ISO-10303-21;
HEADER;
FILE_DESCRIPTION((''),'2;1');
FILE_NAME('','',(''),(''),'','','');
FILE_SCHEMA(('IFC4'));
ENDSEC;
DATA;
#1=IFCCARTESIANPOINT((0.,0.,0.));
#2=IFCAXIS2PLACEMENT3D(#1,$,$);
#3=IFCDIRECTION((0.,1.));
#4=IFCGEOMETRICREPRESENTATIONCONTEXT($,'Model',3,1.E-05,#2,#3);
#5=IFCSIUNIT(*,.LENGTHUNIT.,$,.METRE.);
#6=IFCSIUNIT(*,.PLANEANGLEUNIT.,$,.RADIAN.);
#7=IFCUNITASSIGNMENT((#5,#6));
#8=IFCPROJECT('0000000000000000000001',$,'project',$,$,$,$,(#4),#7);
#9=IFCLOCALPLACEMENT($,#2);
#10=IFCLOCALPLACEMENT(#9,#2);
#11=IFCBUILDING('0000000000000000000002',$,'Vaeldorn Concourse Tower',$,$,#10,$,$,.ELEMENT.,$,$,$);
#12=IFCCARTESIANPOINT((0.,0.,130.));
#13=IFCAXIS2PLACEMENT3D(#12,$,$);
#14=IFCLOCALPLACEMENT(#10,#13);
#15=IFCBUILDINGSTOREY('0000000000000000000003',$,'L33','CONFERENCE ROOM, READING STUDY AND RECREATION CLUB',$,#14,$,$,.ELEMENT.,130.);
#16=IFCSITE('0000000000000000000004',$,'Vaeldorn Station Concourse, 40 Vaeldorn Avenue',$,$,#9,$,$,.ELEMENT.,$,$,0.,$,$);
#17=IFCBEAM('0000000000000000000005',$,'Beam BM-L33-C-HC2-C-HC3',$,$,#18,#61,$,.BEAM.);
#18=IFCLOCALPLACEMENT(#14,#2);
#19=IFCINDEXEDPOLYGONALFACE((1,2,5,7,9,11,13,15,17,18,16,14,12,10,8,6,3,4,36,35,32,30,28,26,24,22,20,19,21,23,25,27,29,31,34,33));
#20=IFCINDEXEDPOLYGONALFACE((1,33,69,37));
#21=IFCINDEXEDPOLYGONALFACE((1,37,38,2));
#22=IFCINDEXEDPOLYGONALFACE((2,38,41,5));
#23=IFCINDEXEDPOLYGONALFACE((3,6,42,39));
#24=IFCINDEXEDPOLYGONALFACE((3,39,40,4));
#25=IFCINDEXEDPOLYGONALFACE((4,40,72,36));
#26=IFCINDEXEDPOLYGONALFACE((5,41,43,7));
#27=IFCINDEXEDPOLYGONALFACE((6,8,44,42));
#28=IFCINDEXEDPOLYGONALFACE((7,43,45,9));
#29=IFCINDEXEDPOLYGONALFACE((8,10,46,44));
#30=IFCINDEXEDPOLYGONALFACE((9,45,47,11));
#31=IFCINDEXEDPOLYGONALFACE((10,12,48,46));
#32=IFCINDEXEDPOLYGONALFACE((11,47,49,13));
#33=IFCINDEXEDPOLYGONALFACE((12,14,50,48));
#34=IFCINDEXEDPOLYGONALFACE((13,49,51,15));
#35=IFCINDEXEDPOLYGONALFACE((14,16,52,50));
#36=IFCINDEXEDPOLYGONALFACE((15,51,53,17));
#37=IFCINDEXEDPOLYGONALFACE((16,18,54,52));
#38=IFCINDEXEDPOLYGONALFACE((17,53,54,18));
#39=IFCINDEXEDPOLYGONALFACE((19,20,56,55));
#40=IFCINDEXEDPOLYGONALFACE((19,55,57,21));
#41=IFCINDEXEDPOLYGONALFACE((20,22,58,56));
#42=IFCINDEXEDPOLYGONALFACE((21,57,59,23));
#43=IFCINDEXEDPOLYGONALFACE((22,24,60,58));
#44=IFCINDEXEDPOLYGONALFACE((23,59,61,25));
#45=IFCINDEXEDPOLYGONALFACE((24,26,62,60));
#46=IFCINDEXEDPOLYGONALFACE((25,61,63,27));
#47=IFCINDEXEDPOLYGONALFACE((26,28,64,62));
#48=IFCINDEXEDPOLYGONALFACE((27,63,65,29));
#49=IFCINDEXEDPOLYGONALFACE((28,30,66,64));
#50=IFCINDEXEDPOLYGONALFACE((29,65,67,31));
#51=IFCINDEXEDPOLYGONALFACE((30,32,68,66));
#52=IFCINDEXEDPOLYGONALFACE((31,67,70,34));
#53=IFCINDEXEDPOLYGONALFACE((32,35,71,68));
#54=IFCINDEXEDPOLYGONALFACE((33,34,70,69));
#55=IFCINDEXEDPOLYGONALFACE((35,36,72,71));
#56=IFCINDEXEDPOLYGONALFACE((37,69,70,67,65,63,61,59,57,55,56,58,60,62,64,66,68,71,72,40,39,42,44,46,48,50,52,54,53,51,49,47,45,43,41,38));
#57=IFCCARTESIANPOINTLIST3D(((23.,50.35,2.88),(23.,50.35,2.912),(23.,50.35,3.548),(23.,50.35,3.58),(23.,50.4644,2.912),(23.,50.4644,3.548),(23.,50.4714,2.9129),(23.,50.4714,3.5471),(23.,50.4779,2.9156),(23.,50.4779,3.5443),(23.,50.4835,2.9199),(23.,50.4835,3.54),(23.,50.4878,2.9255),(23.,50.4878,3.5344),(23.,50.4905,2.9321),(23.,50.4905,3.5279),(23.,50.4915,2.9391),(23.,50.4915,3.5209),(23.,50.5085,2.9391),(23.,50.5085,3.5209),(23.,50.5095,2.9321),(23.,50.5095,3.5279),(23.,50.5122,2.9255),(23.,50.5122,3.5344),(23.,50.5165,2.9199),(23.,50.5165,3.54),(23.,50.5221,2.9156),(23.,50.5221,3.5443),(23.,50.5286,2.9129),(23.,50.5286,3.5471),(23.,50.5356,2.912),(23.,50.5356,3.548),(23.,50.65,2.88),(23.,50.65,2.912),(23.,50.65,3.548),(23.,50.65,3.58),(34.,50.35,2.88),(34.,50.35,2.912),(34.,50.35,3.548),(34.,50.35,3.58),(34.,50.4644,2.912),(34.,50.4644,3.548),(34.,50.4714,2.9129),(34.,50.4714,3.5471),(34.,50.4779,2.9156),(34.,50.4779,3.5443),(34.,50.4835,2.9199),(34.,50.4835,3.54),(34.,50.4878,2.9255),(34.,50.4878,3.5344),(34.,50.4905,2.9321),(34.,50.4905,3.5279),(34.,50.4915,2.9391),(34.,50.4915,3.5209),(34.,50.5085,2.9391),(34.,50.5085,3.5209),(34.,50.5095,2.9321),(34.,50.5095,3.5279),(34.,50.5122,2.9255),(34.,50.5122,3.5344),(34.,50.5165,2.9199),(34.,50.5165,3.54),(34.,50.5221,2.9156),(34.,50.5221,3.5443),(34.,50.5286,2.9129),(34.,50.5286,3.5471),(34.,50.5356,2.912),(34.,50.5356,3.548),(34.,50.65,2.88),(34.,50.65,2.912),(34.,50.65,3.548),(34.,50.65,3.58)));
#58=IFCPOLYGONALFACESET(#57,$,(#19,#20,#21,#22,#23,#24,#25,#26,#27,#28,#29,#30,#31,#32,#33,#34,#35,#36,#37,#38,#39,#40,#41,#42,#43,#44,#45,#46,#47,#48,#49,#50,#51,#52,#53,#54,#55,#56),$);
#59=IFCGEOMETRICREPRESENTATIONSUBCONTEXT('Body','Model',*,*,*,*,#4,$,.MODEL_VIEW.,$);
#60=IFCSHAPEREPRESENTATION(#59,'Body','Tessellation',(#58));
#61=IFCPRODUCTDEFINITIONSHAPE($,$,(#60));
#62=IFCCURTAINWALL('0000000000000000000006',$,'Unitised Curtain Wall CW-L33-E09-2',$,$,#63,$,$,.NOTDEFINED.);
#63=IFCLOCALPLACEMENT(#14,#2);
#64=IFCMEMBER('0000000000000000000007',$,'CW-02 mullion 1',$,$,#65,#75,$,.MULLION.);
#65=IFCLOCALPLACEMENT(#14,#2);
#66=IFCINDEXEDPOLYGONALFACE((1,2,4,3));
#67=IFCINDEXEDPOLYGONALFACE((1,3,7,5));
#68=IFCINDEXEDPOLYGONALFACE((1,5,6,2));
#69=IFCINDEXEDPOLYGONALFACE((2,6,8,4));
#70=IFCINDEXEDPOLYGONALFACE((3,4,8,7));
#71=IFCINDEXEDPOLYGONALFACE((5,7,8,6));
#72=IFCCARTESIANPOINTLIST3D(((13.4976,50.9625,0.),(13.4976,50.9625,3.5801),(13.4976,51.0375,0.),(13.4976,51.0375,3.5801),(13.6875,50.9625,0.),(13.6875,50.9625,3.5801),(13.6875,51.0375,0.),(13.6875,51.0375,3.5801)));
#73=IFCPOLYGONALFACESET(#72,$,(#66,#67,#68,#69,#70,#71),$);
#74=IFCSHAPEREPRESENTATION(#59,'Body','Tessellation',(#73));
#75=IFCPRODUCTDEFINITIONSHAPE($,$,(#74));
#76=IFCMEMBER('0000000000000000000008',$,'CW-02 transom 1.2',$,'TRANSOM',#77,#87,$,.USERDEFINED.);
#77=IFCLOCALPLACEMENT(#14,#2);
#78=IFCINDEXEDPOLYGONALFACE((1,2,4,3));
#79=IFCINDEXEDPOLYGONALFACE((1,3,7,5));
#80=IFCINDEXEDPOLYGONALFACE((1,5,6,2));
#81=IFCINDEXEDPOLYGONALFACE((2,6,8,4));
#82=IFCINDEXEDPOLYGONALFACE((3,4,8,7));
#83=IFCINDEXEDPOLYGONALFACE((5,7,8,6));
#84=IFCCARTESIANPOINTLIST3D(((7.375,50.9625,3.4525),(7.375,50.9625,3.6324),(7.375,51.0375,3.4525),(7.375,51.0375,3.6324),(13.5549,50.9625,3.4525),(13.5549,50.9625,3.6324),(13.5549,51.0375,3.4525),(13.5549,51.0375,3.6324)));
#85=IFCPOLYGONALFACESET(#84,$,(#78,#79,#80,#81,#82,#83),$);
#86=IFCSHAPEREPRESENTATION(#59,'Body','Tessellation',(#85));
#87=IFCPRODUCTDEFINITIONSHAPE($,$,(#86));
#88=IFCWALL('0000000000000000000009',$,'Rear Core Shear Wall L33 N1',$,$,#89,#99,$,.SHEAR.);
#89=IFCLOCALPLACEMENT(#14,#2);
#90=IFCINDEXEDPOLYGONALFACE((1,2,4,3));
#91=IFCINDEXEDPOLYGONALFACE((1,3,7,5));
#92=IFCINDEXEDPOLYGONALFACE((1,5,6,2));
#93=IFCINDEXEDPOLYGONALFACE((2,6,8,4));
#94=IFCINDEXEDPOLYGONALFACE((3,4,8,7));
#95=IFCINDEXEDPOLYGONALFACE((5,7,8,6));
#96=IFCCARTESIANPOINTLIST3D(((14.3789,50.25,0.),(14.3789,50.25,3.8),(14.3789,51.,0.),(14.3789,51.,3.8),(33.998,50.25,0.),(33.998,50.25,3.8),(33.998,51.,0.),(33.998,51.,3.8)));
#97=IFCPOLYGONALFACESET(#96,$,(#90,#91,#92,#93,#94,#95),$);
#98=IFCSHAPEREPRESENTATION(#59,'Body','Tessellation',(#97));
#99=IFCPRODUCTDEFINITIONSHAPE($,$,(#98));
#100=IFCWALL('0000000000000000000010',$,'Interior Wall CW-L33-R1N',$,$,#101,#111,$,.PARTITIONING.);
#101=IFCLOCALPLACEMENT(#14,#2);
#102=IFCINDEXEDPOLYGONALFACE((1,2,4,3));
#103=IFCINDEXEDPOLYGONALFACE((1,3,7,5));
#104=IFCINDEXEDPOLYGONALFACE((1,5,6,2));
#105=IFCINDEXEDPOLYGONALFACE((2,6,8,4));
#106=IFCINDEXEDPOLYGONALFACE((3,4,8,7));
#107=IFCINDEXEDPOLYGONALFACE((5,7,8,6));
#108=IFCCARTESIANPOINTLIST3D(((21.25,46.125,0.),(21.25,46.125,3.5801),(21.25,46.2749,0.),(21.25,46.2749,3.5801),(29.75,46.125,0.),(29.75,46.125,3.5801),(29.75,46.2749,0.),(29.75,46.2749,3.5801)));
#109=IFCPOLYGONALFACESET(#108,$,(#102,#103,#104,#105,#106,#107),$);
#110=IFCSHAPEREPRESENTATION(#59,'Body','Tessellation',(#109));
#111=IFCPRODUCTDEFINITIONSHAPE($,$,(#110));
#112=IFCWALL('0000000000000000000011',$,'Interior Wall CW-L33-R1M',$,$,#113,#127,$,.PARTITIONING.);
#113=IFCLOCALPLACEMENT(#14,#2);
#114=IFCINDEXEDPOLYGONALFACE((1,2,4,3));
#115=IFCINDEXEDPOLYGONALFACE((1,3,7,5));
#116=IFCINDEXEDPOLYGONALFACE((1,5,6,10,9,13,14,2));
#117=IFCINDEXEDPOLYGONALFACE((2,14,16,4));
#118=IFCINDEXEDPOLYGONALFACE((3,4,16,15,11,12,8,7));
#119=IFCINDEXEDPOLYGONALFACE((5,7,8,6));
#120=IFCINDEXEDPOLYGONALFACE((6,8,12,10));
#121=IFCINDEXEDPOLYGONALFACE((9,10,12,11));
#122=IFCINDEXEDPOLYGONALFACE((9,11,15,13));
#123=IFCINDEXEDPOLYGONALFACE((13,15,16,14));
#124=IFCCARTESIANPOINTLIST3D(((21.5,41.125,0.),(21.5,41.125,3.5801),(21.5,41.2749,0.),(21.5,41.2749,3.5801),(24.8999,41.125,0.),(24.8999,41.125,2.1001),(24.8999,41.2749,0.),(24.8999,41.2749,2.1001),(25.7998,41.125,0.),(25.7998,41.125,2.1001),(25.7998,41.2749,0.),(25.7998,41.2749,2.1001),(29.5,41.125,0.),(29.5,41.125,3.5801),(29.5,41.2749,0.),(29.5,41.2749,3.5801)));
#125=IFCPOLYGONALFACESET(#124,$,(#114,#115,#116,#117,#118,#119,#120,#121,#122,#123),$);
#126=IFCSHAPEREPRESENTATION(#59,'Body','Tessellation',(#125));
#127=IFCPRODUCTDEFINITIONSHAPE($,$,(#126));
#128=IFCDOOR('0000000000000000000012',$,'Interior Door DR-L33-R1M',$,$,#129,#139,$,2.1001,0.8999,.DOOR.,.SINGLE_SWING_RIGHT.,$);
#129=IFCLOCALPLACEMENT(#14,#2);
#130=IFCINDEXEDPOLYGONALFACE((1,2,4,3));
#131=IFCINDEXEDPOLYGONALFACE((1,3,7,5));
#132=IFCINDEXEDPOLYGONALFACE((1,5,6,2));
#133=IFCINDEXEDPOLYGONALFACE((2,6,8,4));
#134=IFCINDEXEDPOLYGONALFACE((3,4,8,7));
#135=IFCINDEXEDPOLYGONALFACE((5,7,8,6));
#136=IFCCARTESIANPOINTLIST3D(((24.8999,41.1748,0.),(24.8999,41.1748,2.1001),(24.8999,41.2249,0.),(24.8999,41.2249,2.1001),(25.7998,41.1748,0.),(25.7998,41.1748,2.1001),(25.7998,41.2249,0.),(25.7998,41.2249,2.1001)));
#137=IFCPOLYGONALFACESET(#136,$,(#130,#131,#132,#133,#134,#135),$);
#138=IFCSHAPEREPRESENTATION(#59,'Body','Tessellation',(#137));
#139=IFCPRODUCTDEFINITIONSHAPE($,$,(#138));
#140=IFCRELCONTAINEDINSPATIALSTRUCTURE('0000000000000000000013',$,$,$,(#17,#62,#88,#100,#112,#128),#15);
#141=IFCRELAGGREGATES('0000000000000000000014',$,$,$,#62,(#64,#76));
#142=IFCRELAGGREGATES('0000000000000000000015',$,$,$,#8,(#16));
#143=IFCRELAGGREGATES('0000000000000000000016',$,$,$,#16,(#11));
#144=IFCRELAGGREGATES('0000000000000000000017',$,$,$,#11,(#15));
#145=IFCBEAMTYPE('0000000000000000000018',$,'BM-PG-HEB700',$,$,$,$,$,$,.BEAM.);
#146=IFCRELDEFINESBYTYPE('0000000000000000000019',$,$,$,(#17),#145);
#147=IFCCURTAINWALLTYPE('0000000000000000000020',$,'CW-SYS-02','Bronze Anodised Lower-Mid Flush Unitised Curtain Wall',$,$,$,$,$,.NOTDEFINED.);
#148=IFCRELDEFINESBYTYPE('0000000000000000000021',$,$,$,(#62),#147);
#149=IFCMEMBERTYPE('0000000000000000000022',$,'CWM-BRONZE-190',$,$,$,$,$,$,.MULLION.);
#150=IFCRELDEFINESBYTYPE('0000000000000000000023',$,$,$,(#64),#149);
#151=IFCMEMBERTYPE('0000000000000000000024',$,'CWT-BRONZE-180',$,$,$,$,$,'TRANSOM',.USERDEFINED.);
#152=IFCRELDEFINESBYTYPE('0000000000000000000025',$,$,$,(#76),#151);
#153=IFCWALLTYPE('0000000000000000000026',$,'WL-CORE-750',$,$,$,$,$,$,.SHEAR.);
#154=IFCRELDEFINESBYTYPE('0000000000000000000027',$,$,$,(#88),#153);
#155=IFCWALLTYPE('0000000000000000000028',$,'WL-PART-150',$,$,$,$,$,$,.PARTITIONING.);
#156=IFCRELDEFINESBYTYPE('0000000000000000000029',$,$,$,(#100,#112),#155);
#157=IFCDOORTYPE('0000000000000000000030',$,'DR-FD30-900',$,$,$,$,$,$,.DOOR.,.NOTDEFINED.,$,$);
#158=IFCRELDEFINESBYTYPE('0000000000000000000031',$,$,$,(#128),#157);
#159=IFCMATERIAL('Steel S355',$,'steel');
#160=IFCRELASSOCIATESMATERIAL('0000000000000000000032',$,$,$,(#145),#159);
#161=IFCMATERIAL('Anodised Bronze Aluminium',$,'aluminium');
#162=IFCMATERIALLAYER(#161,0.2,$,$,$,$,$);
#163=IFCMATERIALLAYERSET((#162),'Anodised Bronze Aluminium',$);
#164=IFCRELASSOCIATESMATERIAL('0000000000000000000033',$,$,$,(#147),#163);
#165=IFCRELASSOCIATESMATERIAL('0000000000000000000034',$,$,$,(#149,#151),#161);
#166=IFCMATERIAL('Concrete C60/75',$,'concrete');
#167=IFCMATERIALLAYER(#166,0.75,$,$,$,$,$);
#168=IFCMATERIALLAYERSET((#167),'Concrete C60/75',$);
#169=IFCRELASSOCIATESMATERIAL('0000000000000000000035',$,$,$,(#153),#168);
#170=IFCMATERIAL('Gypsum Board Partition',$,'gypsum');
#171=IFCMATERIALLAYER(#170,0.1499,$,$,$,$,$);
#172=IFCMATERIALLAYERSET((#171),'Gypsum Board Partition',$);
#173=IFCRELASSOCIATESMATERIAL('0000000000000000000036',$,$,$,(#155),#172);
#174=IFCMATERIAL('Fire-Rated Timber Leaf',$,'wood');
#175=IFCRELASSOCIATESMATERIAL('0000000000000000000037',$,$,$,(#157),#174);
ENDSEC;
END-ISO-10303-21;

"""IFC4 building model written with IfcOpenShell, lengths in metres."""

from ifc_helpers import new_model, si_unit, direction, frame, frame_2d, origin, origin_2d, place, context, subcontext, project, spatial, rectangle, i_section, extrude, source, transform, mapped, material, layer, layer_set, material_profile, profile_set, type_object, element, fill, aggregate, save


model = new_model("IFC4")

# Units and contexts
model_context = context("Model", 3, precision=1e-05, world=origin(), true_north=direction((0.0, 1.0)))
body_context = subcontext(model_context, "Body", "Model", "MODEL_VIEW")
ifc_project = project(units=[si_unit("LENGTHUNIT", "METRE"), si_unit("PLANEANGLEUNIT", "RADIAN")], contexts=[model_context])

# Site, building, storey
site_placement = place(None, origin())
site = spatial("IfcSite", under=ifc_project, at=site_placement, Name="Vaeldorn Station Concourse, 40 Vaeldorn Avenue", CompositionType="ELEMENT", RefElevation=0.0)
building_placement = place(site_placement, origin())
building = spatial("IfcBuilding", under=site, at=building_placement, Name="Vaeldorn Concourse Tower", CompositionType="ELEMENT")
storey_placement = place(building_placement, frame((0.0, 0.0, 130.0)))
storey = spatial("IfcBuildingStorey", under=building, at=storey_placement, Name="L33", Description="CONFERENCE ROOM, READING STUDY AND RECREATION CLUB", CompositionType="ELEMENT", Elevation=130.0)

# Beam
ifc_material_1 = material(Name="Steel S355", Category="steel")
ifc_material_profile_1 = material_profile(ifc_material_1, i_section(OverallWidth=0.3, OverallDepth=0.7, WebThickness=0.0171, FlangeThickness=0.032, FilletRadius=0.0271, at=origin_2d()), Name="HEB 700")
ifc_profile_set_1 = profile_set([ifc_material_profile_1], Name="Steel S355")
beam_type_1 = type_object("IfcBeamType", Name="BM-PG-HEB700", PredefinedType="BEAM", material=ifc_profile_set_1)
shared_shape_1 = source(origin(), body_context, "Body", "SweptSolid", [
    extrude(i_section(OverallWidth=0.3, OverallDepth=0.7, WebThickness=0.0171, FlangeThickness=0.032, FilletRadius=0.0271, at=origin_2d()), origin(), (0.0, 0.0, 1.0), 11.0),
])
beam_1_placement = place(storey_placement, frame((23.0, 50.5, 3.23), z_axis=(1.0, 0.0, 0.0), x_axis=(0.0, 1.0, 0.0)))
element("IfcBeam", 1, at=beam_1_placement, inside=storey, type_object=beam_type_1, Name="Beam BM-L33-C-HC2-C-HC3", PredefinedType="BEAM", context=body_context, shape_type="MappedRepresentation", body=[
    mapped(shared_shape_1, transform((0.0, 0.0, 0.0), scale=1.0)),
])

# Curtain wall, members
ifc_material_2 = material(Name="Anodised Bronze Aluminium", Category="aluminium")
ifc_layer_1 = layer(ifc_material_2, 0.2)
ifc_layer_set_1 = layer_set([ifc_layer_1], Name="Anodised Bronze Aluminium")
curtain_wall_type = type_object("IfcCurtainWallType", Name="CW-SYS-02", Description="Bronze Anodised Lower-Mid Flush Unitised Curtain Wall", PredefinedType="NOTDEFINED", material=ifc_layer_set_1)
curtain_wall_placement = place(storey_placement, origin())
curtain_wall = element("IfcCurtainWall", 2, at=curtain_wall_placement, inside=storey, type_object=curtain_wall_type, Name="Unitised Curtain Wall CW-L33-E09-2", PredefinedType="NOTDEFINED")
ifc_material_profile_2 = material_profile(ifc_material_2, rectangle(XDim=0.075, YDim=0.1899, at=origin_2d()), Name="CWM 75x190")
ifc_profile_set_2 = profile_set([ifc_material_profile_2], Name="Anodised Bronze Aluminium")
member_type_1 = type_object("IfcMemberType", Name="CWM-BRONZE-190", PredefinedType="MULLION", material=ifc_profile_set_2)
shared_shape_2 = source(origin(), body_context, "Body", "SweptSolid", [
    extrude(rectangle(XDim=0.075, YDim=0.1899, at=origin_2d()), origin(), (0.0, 0.0, 1.0), 3.5801),
])
member_1_placement = place(storey_placement, frame((13.5925, 51.0, 0.0), z_axis=(0.0, 0.0, 1.0), x_axis=(0.0, -1.0, 0.0)))
member_1 = element("IfcMember", 3, at=member_1_placement, type_object=member_type_1, Name="CW-02 mullion 1", PredefinedType="MULLION", context=body_context, shape_type="MappedRepresentation", body=[
    mapped(shared_shape_2, transform((0.0, 0.0, 0.0), scale=1.0)),
])
ifc_material_profile_3 = material_profile(ifc_material_2, rectangle(XDim=0.075, YDim=0.1799, at=origin_2d()), Name="CWT 75x180")
ifc_profile_set_3 = profile_set([ifc_material_profile_3], Name="Anodised Bronze Aluminium")
member_type_2 = type_object("IfcMemberType", Name="CWT-BRONZE-180", ElementType="TRANSOM", PredefinedType="USERDEFINED", material=ifc_profile_set_3)
shared_shape_3 = source(origin(), body_context, "Body", "SweptSolid", [
    extrude(rectangle(XDim=0.075, YDim=0.1799, at=origin_2d()), origin(), (0.0, 0.0, 1.0), 6.1799),
])
member_2_placement = place(storey_placement, frame((13.5549, 51.0, 3.5425), z_axis=(-1.0, 0.0, 0.0), x_axis=(0.0, -1.0, 0.0)))
member_2 = element("IfcMember", 4, at=member_2_placement, type_object=member_type_2, Name="CW-02 transom 1.2", ObjectType="TRANSOM", PredefinedType="USERDEFINED", context=body_context, shape_type="MappedRepresentation", body=[
    mapped(shared_shape_3, transform((0.0, 0.0, 0.0), scale=1.0)),
])
aggregate(curtain_wall, [member_1, member_2])

# Walls
ifc_material_3 = material(Name="Concrete C60/75", Category="concrete")
ifc_layer_2 = layer(ifc_material_3, 0.75)
ifc_layer_set_2 = layer_set([ifc_layer_2], Name="Concrete C60/75")
wall_type_1 = type_object("IfcWallType", Name="WL-CORE-750", PredefinedType="SHEAR", material=ifc_layer_set_2)
wall_1_placement = place(storey_placement, frame((14.3789, 50.625, 0.0), z_axis=(0.0, 0.0, 1.0), x_axis=(1.0, 0.0, 0.0)))
element("IfcWall", 5, at=wall_1_placement, inside=storey, type_object=wall_type_1, Name="Rear Core Shear Wall L33 N1", PredefinedType="SHEAR", context=body_context, shape_type="SweptSolid", body=[
    extrude(rectangle(XDim=19.6191, YDim=0.75, at=frame_2d((9.8096, 0.0))), origin(), (0.0, 0.0, 1.0), 3.8),
])
ifc_material_4 = material(Name="Gypsum Board Partition", Category="gypsum")
ifc_layer_3 = layer(ifc_material_4, 0.1499)
ifc_layer_set_3 = layer_set([ifc_layer_3], Name="Gypsum Board Partition")
wall_type_2 = type_object("IfcWallType", Name="WL-PART-150", PredefinedType="PARTITIONING", material=ifc_layer_set_3)
wall_2_placement = place(storey_placement, frame((21.25, 46.2, 0.0), z_axis=(0.0, 0.0, 1.0), x_axis=(1.0, 0.0, 0.0)))
element("IfcWall", 6, at=wall_2_placement, inside=storey, type_object=wall_type_2, Name="Interior Wall CW-L33-R1N", PredefinedType="PARTITIONING", context=body_context, shape_type="SweptSolid", body=[
    extrude(rectangle(XDim=8.5, YDim=0.1499, at=frame_2d((4.25, 0.0))), origin(), (0.0, 0.0, 1.0), 3.5801),
])

# Wall, opening, door
wall_3_placement = place(storey_placement, frame((21.5, 41.2, 0.0), z_axis=(0.0, 0.0, 1.0), x_axis=(1.0, 0.0, 0.0)))
wall_3 = element("IfcWall", 7, at=wall_3_placement, inside=storey, type_object=wall_type_2, Name="Interior Wall CW-L33-R1M", PredefinedType="PARTITIONING", context=body_context, shape_type="SweptSolid", body=[
    extrude(rectangle(XDim=8.0, YDim=0.1499, at=frame_2d((4.0, 0.0))), origin(), (0.0, 0.0, 1.0), 3.5801),
])
opening_1_placement = place(wall_3_placement, frame((3.3999, 0.0, 0.0)))
opening_1 = element("IfcOpeningElement", 8, at=opening_1_placement, cuts=wall_3, PredefinedType="OPENING", context=body_context, shape_type="SweptSolid", body=[
    extrude(rectangle(XDim=0.8999, YDim=2.1001, at=frame_2d((0.45, 1.05))), frame((0.0, 0.085, 0.0), z_axis=(0.0, -1.0, 0.0), x_axis=(1.0, 0.0, 0.0)), (0.0, 0.0, 1.0), 0.1699),
])
ifc_material_5 = material(Name="Fire-Rated Timber Leaf", Category="wood")
door_type_1 = type_object("IfcDoorType", Name="DR-FD30-900", OperationType="NOTDEFINED", PredefinedType="DOOR", material=ifc_material_5)
shared_shape_4 = source(origin(), body_context, "Body", "SweptSolid", [
    extrude(rectangle(XDim=0.8999, YDim=2.1001, at=frame_2d((0.45, 1.05))), frame((0.0, 0.0249, 0.0), z_axis=(0.0, -1.0, 0.0), x_axis=(1.0, 0.0, 0.0)), (0.0, 0.0, 1.0), 0.05),
])
door_1_placement = place(opening_1_placement, origin())
door_1 = element("IfcDoor", 9, at=door_1_placement, inside=storey, type_object=door_type_1, Name="Interior Door DR-L33-R1M", OperationType="SINGLE_SWING_RIGHT", OverallHeight=2.1001, OverallWidth=0.8999, PredefinedType="DOOR", context=body_context, shape_type="MappedRepresentation", body=[
    mapped(shared_shape_4, transform((0.0, 0.0, 0.0), scale=1.0)),
])
fill(opening_1, door_1)

save(model, "model.ifc")
